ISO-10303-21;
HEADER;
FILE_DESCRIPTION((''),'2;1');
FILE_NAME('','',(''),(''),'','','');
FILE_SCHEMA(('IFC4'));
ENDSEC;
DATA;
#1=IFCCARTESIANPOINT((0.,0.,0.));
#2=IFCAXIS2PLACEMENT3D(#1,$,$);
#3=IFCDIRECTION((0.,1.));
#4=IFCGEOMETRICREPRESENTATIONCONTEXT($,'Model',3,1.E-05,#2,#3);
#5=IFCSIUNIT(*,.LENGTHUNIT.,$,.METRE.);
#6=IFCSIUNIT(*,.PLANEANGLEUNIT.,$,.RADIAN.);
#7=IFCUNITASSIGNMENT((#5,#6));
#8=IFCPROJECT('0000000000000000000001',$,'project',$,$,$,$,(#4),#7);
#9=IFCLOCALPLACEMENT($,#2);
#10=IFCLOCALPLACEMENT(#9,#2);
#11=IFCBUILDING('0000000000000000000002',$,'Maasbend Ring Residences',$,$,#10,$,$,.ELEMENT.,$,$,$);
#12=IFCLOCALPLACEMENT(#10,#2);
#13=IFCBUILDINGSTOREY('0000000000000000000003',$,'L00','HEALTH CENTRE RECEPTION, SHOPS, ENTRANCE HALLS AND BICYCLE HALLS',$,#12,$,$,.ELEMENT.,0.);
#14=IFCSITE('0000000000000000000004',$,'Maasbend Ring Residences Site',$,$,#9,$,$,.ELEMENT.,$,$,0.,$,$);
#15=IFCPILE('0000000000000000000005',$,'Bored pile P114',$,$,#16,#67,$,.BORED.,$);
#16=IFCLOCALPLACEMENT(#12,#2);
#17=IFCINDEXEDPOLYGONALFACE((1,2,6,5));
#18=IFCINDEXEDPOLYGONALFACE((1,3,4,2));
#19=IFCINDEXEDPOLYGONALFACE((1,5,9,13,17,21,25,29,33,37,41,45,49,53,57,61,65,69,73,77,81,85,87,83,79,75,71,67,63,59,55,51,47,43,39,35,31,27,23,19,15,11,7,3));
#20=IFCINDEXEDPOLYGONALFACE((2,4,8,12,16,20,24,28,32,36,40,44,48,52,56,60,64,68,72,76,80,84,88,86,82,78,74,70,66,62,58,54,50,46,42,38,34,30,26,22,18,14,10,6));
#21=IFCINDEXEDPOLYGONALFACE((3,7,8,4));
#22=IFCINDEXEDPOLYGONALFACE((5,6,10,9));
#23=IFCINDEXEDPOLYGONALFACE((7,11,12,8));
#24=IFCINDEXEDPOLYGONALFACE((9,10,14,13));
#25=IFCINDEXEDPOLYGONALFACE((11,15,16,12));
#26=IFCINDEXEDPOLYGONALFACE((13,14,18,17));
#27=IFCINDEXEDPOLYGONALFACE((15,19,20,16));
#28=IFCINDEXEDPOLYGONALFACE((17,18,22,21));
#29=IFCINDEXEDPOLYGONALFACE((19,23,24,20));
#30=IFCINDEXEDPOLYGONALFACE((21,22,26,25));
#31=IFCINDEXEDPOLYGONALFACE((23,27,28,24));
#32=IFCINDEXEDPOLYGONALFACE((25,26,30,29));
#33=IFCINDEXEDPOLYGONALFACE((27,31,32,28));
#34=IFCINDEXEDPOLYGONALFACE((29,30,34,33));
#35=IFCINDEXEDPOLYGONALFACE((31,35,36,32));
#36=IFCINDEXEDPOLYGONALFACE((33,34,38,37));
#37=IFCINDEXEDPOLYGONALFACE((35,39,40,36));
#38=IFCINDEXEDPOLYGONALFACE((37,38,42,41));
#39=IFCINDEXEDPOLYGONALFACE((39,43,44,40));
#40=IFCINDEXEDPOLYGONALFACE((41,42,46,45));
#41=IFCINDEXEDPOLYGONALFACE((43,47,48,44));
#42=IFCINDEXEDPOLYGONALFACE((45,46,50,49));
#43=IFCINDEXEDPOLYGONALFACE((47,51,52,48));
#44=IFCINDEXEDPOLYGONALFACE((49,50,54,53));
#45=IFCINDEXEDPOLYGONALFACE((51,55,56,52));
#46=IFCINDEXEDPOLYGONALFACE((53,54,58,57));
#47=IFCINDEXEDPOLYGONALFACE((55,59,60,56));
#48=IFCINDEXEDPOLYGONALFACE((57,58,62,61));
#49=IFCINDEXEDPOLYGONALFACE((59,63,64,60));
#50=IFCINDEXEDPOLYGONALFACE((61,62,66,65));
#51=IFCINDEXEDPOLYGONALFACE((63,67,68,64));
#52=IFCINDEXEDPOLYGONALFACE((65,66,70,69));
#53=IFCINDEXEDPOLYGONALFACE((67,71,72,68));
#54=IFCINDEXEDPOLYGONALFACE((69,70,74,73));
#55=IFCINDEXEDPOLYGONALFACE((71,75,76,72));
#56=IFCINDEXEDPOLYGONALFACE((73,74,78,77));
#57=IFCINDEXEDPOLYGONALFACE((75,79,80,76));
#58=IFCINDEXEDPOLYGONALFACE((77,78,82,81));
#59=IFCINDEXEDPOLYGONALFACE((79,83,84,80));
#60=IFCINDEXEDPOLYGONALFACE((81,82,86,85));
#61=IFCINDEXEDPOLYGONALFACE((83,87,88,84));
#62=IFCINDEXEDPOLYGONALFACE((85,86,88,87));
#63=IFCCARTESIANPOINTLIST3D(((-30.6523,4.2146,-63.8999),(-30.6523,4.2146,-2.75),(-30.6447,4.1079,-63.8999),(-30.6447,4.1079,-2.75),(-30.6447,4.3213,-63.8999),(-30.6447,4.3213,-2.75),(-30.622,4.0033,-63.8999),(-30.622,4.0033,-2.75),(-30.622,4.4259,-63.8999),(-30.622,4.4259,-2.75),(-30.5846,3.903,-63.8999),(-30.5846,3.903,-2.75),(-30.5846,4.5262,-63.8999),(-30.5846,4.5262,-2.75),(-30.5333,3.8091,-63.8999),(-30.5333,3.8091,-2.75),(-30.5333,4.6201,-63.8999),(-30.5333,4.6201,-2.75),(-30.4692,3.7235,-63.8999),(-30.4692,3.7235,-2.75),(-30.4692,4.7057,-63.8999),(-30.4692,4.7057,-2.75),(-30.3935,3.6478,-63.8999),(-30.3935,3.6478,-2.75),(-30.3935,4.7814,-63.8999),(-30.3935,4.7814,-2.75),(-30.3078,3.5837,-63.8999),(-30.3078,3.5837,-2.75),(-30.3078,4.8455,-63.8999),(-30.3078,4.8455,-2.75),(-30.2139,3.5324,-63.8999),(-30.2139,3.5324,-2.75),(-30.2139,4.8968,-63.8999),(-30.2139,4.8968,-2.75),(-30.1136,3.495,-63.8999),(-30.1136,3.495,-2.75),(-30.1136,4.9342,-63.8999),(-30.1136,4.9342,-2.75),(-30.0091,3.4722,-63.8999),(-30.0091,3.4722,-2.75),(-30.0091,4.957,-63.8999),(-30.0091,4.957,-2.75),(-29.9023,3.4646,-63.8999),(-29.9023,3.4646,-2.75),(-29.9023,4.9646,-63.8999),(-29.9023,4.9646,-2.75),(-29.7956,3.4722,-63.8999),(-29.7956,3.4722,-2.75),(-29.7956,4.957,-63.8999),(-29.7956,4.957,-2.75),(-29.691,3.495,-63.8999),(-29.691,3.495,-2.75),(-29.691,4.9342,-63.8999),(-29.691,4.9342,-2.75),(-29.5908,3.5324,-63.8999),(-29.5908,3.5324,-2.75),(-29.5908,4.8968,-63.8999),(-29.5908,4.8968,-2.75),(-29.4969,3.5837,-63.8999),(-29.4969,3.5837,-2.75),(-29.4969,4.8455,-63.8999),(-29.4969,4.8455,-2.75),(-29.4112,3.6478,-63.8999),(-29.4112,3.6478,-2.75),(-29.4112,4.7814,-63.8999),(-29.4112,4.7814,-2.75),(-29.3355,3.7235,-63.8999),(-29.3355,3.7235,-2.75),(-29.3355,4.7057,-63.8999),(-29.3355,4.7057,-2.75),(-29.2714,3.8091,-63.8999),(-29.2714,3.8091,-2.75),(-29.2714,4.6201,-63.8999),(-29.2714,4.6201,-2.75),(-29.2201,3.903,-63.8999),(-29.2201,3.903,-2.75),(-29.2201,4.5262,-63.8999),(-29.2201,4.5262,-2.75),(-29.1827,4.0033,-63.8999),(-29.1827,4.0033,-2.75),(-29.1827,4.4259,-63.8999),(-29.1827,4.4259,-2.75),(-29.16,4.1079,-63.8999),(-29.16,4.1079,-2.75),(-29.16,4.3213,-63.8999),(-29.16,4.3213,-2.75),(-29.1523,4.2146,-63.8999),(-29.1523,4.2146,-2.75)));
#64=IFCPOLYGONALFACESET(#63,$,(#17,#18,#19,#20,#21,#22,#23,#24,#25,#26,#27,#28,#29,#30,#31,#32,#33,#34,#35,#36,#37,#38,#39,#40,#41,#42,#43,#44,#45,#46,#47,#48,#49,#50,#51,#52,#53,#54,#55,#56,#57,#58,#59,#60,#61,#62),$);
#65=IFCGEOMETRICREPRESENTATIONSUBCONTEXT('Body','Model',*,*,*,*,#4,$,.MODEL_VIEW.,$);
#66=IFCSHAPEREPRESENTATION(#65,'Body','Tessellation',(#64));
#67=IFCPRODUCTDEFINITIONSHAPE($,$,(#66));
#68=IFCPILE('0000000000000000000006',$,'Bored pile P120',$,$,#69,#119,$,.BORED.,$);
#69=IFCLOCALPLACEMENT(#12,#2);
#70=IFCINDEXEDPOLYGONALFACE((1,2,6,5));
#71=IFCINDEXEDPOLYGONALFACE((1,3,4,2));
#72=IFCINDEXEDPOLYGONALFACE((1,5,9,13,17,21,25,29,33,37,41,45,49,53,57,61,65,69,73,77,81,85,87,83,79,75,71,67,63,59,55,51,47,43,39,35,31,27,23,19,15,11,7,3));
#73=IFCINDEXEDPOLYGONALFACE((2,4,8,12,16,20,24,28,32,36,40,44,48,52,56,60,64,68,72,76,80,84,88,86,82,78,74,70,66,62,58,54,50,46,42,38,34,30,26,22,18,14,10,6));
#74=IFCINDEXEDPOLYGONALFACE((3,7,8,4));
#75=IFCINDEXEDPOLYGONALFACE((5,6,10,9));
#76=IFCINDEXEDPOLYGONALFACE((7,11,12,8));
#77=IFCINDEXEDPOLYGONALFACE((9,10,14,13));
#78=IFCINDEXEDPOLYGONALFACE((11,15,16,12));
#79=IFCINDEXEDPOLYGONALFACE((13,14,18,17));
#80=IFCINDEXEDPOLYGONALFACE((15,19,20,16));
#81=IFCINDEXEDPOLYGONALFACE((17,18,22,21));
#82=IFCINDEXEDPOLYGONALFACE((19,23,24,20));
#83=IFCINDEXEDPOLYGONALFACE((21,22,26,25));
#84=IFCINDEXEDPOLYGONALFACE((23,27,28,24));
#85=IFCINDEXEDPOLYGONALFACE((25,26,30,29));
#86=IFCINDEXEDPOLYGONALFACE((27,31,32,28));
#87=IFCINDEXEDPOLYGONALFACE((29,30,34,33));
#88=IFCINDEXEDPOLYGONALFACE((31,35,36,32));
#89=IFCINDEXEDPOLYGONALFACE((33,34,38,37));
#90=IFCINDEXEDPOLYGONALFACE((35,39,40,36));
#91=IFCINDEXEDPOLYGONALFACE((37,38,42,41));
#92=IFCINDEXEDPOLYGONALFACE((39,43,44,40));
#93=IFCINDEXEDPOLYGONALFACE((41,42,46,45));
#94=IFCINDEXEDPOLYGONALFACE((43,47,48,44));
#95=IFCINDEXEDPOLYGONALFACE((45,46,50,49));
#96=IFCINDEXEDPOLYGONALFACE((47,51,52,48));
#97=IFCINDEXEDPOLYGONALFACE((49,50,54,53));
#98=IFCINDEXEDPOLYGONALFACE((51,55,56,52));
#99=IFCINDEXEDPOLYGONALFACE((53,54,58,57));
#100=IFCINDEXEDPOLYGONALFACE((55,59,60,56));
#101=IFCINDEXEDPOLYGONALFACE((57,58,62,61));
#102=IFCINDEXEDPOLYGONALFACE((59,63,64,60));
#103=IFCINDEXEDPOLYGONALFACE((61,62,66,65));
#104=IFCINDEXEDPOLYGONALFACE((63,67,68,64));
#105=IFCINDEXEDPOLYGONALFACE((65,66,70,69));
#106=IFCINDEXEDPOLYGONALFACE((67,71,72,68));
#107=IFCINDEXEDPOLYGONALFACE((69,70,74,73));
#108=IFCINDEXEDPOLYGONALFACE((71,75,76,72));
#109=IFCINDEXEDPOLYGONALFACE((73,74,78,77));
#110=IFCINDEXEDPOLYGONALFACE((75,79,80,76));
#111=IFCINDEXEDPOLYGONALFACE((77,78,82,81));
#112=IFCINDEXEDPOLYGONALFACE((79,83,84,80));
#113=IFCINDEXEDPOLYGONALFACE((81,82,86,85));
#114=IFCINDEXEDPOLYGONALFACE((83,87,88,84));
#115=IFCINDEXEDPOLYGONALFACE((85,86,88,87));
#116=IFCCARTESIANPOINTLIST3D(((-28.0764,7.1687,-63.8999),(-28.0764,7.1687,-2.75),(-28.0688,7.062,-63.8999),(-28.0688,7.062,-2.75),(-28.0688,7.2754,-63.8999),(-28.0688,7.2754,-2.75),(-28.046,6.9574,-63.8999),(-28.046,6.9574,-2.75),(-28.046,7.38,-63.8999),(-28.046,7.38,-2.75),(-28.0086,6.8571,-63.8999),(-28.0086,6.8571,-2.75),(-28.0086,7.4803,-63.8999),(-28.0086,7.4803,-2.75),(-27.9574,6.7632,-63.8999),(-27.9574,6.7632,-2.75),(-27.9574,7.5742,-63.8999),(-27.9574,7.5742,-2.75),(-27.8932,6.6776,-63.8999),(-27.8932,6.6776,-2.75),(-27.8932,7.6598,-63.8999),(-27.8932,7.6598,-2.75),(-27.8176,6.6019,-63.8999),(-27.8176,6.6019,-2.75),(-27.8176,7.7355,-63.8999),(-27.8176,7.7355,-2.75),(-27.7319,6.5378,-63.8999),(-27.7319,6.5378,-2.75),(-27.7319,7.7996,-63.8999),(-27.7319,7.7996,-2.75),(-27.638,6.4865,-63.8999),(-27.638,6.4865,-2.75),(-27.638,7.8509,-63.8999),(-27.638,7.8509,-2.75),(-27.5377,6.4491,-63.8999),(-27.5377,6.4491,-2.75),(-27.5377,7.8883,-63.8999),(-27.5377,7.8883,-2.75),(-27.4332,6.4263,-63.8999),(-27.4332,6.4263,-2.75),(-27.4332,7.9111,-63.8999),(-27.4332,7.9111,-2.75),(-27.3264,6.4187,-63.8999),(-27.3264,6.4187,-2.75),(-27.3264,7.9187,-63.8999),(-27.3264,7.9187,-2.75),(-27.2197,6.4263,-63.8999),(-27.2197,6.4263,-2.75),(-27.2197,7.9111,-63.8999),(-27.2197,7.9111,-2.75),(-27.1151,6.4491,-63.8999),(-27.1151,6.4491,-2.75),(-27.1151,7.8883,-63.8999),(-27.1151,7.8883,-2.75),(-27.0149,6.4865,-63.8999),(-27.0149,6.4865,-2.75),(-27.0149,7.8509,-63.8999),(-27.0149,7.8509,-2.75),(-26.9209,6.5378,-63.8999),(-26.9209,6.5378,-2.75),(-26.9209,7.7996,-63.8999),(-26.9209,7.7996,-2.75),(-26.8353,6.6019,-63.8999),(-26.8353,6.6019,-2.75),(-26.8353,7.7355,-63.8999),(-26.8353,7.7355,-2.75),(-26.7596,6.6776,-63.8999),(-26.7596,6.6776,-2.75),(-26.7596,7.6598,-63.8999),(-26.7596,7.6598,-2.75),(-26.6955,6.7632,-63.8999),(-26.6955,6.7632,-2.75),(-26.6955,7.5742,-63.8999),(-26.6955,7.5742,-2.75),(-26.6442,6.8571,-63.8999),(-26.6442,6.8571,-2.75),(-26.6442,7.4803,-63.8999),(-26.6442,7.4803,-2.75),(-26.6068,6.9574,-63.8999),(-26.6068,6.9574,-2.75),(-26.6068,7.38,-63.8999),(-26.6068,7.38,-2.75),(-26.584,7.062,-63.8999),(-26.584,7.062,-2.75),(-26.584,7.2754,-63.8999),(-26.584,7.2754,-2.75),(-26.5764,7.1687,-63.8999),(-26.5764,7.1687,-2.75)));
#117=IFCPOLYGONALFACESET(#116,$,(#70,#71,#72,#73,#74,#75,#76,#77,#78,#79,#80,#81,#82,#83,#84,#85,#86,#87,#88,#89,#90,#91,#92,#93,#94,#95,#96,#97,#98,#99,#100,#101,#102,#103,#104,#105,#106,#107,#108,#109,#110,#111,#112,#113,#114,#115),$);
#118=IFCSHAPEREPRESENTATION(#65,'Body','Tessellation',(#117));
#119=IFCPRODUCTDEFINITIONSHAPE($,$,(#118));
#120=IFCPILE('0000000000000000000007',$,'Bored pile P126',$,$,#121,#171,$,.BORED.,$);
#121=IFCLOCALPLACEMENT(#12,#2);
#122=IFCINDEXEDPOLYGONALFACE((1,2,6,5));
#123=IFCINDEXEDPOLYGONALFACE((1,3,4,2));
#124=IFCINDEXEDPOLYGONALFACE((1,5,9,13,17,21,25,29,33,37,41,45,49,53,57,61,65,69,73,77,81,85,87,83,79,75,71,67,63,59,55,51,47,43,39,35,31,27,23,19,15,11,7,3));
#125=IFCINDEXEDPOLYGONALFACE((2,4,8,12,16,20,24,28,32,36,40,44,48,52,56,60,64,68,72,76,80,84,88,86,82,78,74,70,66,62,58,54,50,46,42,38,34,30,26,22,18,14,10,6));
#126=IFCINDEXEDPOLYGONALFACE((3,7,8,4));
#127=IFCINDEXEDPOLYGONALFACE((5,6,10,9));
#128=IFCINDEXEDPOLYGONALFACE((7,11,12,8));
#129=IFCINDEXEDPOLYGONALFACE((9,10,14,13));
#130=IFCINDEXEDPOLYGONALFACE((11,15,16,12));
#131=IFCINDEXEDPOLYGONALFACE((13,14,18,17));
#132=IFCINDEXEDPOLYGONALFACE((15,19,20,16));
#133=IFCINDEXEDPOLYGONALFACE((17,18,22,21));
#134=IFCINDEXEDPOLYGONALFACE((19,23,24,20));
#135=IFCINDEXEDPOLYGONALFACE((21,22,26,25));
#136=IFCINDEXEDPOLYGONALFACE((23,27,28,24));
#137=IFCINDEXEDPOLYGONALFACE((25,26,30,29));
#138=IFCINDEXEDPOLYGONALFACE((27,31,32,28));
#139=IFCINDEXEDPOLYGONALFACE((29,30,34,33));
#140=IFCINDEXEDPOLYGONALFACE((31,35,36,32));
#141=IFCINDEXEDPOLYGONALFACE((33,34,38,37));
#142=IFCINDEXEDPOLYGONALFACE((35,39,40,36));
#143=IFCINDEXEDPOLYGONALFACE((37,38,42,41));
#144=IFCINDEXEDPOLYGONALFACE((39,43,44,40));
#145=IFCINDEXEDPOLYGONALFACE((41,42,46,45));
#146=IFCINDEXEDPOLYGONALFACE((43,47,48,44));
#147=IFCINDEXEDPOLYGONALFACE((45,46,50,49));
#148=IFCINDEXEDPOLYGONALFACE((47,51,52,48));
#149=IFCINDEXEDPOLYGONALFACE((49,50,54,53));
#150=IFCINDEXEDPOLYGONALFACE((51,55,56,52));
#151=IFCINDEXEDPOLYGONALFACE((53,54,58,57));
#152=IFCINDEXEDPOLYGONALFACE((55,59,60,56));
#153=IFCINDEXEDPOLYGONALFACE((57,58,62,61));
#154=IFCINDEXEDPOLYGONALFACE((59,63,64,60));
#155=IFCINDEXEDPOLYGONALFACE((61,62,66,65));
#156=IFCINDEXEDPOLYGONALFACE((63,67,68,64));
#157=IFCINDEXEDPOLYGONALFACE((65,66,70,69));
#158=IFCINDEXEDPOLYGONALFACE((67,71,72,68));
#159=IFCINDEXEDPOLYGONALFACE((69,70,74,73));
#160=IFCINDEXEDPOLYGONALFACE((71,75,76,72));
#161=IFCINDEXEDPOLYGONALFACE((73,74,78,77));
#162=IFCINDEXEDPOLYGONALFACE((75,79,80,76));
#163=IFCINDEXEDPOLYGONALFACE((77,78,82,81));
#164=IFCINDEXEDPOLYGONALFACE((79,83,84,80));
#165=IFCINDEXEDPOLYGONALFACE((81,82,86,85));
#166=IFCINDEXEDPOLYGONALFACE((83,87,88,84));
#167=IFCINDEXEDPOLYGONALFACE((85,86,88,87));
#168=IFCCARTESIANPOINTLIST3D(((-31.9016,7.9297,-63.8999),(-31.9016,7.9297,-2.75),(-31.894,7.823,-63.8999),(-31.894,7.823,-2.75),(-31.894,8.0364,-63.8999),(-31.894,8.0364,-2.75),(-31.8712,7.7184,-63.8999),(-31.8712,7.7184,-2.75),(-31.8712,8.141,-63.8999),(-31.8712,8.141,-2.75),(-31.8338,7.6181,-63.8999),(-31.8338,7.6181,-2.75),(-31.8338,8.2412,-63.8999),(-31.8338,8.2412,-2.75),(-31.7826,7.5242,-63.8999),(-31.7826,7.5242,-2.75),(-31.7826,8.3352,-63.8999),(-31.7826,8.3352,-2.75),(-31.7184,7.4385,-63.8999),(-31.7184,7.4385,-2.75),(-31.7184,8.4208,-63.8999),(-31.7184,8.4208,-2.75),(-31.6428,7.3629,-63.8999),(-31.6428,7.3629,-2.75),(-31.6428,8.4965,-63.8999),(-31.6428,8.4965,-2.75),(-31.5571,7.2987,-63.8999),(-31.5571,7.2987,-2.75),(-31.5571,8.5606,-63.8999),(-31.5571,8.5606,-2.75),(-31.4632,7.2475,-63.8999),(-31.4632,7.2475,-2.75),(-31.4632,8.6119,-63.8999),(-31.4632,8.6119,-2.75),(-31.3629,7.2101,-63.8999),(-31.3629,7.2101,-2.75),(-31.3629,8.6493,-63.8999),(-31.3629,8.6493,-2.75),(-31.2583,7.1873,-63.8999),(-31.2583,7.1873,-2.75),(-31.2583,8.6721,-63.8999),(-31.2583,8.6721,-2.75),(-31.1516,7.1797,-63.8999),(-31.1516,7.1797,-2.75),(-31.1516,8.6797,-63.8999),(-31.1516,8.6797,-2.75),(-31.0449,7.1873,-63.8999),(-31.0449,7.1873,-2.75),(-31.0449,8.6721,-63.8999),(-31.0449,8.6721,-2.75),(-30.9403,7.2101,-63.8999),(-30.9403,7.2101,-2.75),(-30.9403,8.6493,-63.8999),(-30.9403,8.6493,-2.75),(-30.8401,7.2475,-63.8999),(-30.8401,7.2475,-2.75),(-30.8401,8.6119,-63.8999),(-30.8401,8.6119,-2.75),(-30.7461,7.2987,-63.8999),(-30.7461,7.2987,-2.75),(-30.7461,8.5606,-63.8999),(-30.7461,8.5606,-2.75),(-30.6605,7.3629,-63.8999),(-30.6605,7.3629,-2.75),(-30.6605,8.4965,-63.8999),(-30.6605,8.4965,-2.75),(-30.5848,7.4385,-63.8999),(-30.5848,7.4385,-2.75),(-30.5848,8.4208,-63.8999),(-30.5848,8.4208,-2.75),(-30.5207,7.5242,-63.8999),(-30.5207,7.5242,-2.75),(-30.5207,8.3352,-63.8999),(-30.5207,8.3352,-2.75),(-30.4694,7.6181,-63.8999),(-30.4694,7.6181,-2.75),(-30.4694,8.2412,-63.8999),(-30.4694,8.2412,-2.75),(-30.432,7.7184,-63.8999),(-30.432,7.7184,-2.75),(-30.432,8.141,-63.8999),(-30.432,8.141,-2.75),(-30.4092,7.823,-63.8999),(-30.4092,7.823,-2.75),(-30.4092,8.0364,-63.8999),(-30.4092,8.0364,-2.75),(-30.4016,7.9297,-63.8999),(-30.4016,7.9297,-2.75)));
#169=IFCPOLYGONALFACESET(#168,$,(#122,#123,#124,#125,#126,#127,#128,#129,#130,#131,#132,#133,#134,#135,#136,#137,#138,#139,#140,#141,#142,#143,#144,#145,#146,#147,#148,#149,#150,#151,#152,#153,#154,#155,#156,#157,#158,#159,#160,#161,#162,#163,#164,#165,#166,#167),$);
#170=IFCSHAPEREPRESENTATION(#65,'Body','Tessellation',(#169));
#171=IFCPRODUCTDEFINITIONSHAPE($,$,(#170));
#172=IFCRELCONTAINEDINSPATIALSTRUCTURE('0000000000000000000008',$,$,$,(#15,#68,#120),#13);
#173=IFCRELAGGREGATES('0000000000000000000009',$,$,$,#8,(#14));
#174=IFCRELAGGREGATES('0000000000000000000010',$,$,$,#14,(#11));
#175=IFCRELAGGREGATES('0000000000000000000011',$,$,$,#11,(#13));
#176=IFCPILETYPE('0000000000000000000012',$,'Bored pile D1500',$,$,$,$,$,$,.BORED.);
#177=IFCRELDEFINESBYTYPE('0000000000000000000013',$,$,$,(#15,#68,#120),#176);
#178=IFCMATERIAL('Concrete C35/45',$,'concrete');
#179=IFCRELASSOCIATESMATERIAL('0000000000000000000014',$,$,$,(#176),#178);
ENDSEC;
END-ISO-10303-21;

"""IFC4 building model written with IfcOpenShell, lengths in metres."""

from ifc_helpers import new_model, si_unit, direction, frame, origin, origin_2d, place, context, subcontext, project, spatial, circle, extrude, material, material_profile, profile_set, type_object, element, save


model = new_model("IFC4")

# Units and contexts
model_context = context("Model", 3, precision=1e-05, world=origin(), true_north=direction((0.0, 1.0)))
body_context = subcontext(model_context, "Body", "Model", "MODEL_VIEW")
ifc_project = project(units=[si_unit("LENGTHUNIT", "METRE"), si_unit("PLANEANGLEUNIT", "RADIAN")], contexts=[model_context])

# Site, building, storey
site_placement = place(None, origin())
site = spatial("IfcSite", under=ifc_project, at=site_placement, Name="Maasbend Ring Residences Site", CompositionType="ELEMENT", RefElevation=0.0)
building_placement = place(site_placement, origin())
building = spatial("IfcBuilding", under=site, at=building_placement, Name="Maasbend Ring Residences", CompositionType="ELEMENT")
storey_placement = place(building_placement, origin())
storey = spatial("IfcBuildingStorey", under=building, at=storey_placement, Name="L00", Description="HEALTH CENTRE RECEPTION, SHOPS, ENTRANCE HALLS AND BICYCLE HALLS", CompositionType="ELEMENT", Elevation=0.0)

# Piles
ifc_material_1 = material(Name="Concrete C35/45", Category="concrete")
ifc_material_profile_1 = material_profile(ifc_material_1, circle(Radius=0.75, at=origin_2d()), Name="Bored pile D1500")
ifc_profile_set_1 = profile_set([ifc_material_profile_1], Name="Concrete C35/45")
pile_type = type_object("IfcPileType", Name="Bored pile D1500", PredefinedType="BORED", material=ifc_profile_set_1)
for number, where, z_axis, x_axis, name in (
    (1, (-29.9023, 4.2146, -2.75), (0.0, 0.0, -1.0), (1.0, 0.0, 0.0), "Bored pile P114"),
    (2, (-27.3264, 7.1687, -2.75), (0.0, 0.0, -1.0), (1.0, 0.0, 0.0), "Bored pile P120"),
    (3, (-31.1516, 7.9297, -2.75), (0.0, 0.0, -1.0), (1.0, 0.0, 0.0), "Bored pile P126"),
):
    element("IfcPile", number, at=place(storey_placement, frame(where, z_axis=z_axis, x_axis=x_axis)), inside=storey, type_object=pile_type, Name=name, PredefinedType="BORED", context=body_context, shape_type="SweptSolid", body=[
        extrude(circle(Radius=0.75, at=origin_2d()), origin(), (0.0, 0.0, 1.0), 61.1499),
    ])

save(model, "model.ifc")
